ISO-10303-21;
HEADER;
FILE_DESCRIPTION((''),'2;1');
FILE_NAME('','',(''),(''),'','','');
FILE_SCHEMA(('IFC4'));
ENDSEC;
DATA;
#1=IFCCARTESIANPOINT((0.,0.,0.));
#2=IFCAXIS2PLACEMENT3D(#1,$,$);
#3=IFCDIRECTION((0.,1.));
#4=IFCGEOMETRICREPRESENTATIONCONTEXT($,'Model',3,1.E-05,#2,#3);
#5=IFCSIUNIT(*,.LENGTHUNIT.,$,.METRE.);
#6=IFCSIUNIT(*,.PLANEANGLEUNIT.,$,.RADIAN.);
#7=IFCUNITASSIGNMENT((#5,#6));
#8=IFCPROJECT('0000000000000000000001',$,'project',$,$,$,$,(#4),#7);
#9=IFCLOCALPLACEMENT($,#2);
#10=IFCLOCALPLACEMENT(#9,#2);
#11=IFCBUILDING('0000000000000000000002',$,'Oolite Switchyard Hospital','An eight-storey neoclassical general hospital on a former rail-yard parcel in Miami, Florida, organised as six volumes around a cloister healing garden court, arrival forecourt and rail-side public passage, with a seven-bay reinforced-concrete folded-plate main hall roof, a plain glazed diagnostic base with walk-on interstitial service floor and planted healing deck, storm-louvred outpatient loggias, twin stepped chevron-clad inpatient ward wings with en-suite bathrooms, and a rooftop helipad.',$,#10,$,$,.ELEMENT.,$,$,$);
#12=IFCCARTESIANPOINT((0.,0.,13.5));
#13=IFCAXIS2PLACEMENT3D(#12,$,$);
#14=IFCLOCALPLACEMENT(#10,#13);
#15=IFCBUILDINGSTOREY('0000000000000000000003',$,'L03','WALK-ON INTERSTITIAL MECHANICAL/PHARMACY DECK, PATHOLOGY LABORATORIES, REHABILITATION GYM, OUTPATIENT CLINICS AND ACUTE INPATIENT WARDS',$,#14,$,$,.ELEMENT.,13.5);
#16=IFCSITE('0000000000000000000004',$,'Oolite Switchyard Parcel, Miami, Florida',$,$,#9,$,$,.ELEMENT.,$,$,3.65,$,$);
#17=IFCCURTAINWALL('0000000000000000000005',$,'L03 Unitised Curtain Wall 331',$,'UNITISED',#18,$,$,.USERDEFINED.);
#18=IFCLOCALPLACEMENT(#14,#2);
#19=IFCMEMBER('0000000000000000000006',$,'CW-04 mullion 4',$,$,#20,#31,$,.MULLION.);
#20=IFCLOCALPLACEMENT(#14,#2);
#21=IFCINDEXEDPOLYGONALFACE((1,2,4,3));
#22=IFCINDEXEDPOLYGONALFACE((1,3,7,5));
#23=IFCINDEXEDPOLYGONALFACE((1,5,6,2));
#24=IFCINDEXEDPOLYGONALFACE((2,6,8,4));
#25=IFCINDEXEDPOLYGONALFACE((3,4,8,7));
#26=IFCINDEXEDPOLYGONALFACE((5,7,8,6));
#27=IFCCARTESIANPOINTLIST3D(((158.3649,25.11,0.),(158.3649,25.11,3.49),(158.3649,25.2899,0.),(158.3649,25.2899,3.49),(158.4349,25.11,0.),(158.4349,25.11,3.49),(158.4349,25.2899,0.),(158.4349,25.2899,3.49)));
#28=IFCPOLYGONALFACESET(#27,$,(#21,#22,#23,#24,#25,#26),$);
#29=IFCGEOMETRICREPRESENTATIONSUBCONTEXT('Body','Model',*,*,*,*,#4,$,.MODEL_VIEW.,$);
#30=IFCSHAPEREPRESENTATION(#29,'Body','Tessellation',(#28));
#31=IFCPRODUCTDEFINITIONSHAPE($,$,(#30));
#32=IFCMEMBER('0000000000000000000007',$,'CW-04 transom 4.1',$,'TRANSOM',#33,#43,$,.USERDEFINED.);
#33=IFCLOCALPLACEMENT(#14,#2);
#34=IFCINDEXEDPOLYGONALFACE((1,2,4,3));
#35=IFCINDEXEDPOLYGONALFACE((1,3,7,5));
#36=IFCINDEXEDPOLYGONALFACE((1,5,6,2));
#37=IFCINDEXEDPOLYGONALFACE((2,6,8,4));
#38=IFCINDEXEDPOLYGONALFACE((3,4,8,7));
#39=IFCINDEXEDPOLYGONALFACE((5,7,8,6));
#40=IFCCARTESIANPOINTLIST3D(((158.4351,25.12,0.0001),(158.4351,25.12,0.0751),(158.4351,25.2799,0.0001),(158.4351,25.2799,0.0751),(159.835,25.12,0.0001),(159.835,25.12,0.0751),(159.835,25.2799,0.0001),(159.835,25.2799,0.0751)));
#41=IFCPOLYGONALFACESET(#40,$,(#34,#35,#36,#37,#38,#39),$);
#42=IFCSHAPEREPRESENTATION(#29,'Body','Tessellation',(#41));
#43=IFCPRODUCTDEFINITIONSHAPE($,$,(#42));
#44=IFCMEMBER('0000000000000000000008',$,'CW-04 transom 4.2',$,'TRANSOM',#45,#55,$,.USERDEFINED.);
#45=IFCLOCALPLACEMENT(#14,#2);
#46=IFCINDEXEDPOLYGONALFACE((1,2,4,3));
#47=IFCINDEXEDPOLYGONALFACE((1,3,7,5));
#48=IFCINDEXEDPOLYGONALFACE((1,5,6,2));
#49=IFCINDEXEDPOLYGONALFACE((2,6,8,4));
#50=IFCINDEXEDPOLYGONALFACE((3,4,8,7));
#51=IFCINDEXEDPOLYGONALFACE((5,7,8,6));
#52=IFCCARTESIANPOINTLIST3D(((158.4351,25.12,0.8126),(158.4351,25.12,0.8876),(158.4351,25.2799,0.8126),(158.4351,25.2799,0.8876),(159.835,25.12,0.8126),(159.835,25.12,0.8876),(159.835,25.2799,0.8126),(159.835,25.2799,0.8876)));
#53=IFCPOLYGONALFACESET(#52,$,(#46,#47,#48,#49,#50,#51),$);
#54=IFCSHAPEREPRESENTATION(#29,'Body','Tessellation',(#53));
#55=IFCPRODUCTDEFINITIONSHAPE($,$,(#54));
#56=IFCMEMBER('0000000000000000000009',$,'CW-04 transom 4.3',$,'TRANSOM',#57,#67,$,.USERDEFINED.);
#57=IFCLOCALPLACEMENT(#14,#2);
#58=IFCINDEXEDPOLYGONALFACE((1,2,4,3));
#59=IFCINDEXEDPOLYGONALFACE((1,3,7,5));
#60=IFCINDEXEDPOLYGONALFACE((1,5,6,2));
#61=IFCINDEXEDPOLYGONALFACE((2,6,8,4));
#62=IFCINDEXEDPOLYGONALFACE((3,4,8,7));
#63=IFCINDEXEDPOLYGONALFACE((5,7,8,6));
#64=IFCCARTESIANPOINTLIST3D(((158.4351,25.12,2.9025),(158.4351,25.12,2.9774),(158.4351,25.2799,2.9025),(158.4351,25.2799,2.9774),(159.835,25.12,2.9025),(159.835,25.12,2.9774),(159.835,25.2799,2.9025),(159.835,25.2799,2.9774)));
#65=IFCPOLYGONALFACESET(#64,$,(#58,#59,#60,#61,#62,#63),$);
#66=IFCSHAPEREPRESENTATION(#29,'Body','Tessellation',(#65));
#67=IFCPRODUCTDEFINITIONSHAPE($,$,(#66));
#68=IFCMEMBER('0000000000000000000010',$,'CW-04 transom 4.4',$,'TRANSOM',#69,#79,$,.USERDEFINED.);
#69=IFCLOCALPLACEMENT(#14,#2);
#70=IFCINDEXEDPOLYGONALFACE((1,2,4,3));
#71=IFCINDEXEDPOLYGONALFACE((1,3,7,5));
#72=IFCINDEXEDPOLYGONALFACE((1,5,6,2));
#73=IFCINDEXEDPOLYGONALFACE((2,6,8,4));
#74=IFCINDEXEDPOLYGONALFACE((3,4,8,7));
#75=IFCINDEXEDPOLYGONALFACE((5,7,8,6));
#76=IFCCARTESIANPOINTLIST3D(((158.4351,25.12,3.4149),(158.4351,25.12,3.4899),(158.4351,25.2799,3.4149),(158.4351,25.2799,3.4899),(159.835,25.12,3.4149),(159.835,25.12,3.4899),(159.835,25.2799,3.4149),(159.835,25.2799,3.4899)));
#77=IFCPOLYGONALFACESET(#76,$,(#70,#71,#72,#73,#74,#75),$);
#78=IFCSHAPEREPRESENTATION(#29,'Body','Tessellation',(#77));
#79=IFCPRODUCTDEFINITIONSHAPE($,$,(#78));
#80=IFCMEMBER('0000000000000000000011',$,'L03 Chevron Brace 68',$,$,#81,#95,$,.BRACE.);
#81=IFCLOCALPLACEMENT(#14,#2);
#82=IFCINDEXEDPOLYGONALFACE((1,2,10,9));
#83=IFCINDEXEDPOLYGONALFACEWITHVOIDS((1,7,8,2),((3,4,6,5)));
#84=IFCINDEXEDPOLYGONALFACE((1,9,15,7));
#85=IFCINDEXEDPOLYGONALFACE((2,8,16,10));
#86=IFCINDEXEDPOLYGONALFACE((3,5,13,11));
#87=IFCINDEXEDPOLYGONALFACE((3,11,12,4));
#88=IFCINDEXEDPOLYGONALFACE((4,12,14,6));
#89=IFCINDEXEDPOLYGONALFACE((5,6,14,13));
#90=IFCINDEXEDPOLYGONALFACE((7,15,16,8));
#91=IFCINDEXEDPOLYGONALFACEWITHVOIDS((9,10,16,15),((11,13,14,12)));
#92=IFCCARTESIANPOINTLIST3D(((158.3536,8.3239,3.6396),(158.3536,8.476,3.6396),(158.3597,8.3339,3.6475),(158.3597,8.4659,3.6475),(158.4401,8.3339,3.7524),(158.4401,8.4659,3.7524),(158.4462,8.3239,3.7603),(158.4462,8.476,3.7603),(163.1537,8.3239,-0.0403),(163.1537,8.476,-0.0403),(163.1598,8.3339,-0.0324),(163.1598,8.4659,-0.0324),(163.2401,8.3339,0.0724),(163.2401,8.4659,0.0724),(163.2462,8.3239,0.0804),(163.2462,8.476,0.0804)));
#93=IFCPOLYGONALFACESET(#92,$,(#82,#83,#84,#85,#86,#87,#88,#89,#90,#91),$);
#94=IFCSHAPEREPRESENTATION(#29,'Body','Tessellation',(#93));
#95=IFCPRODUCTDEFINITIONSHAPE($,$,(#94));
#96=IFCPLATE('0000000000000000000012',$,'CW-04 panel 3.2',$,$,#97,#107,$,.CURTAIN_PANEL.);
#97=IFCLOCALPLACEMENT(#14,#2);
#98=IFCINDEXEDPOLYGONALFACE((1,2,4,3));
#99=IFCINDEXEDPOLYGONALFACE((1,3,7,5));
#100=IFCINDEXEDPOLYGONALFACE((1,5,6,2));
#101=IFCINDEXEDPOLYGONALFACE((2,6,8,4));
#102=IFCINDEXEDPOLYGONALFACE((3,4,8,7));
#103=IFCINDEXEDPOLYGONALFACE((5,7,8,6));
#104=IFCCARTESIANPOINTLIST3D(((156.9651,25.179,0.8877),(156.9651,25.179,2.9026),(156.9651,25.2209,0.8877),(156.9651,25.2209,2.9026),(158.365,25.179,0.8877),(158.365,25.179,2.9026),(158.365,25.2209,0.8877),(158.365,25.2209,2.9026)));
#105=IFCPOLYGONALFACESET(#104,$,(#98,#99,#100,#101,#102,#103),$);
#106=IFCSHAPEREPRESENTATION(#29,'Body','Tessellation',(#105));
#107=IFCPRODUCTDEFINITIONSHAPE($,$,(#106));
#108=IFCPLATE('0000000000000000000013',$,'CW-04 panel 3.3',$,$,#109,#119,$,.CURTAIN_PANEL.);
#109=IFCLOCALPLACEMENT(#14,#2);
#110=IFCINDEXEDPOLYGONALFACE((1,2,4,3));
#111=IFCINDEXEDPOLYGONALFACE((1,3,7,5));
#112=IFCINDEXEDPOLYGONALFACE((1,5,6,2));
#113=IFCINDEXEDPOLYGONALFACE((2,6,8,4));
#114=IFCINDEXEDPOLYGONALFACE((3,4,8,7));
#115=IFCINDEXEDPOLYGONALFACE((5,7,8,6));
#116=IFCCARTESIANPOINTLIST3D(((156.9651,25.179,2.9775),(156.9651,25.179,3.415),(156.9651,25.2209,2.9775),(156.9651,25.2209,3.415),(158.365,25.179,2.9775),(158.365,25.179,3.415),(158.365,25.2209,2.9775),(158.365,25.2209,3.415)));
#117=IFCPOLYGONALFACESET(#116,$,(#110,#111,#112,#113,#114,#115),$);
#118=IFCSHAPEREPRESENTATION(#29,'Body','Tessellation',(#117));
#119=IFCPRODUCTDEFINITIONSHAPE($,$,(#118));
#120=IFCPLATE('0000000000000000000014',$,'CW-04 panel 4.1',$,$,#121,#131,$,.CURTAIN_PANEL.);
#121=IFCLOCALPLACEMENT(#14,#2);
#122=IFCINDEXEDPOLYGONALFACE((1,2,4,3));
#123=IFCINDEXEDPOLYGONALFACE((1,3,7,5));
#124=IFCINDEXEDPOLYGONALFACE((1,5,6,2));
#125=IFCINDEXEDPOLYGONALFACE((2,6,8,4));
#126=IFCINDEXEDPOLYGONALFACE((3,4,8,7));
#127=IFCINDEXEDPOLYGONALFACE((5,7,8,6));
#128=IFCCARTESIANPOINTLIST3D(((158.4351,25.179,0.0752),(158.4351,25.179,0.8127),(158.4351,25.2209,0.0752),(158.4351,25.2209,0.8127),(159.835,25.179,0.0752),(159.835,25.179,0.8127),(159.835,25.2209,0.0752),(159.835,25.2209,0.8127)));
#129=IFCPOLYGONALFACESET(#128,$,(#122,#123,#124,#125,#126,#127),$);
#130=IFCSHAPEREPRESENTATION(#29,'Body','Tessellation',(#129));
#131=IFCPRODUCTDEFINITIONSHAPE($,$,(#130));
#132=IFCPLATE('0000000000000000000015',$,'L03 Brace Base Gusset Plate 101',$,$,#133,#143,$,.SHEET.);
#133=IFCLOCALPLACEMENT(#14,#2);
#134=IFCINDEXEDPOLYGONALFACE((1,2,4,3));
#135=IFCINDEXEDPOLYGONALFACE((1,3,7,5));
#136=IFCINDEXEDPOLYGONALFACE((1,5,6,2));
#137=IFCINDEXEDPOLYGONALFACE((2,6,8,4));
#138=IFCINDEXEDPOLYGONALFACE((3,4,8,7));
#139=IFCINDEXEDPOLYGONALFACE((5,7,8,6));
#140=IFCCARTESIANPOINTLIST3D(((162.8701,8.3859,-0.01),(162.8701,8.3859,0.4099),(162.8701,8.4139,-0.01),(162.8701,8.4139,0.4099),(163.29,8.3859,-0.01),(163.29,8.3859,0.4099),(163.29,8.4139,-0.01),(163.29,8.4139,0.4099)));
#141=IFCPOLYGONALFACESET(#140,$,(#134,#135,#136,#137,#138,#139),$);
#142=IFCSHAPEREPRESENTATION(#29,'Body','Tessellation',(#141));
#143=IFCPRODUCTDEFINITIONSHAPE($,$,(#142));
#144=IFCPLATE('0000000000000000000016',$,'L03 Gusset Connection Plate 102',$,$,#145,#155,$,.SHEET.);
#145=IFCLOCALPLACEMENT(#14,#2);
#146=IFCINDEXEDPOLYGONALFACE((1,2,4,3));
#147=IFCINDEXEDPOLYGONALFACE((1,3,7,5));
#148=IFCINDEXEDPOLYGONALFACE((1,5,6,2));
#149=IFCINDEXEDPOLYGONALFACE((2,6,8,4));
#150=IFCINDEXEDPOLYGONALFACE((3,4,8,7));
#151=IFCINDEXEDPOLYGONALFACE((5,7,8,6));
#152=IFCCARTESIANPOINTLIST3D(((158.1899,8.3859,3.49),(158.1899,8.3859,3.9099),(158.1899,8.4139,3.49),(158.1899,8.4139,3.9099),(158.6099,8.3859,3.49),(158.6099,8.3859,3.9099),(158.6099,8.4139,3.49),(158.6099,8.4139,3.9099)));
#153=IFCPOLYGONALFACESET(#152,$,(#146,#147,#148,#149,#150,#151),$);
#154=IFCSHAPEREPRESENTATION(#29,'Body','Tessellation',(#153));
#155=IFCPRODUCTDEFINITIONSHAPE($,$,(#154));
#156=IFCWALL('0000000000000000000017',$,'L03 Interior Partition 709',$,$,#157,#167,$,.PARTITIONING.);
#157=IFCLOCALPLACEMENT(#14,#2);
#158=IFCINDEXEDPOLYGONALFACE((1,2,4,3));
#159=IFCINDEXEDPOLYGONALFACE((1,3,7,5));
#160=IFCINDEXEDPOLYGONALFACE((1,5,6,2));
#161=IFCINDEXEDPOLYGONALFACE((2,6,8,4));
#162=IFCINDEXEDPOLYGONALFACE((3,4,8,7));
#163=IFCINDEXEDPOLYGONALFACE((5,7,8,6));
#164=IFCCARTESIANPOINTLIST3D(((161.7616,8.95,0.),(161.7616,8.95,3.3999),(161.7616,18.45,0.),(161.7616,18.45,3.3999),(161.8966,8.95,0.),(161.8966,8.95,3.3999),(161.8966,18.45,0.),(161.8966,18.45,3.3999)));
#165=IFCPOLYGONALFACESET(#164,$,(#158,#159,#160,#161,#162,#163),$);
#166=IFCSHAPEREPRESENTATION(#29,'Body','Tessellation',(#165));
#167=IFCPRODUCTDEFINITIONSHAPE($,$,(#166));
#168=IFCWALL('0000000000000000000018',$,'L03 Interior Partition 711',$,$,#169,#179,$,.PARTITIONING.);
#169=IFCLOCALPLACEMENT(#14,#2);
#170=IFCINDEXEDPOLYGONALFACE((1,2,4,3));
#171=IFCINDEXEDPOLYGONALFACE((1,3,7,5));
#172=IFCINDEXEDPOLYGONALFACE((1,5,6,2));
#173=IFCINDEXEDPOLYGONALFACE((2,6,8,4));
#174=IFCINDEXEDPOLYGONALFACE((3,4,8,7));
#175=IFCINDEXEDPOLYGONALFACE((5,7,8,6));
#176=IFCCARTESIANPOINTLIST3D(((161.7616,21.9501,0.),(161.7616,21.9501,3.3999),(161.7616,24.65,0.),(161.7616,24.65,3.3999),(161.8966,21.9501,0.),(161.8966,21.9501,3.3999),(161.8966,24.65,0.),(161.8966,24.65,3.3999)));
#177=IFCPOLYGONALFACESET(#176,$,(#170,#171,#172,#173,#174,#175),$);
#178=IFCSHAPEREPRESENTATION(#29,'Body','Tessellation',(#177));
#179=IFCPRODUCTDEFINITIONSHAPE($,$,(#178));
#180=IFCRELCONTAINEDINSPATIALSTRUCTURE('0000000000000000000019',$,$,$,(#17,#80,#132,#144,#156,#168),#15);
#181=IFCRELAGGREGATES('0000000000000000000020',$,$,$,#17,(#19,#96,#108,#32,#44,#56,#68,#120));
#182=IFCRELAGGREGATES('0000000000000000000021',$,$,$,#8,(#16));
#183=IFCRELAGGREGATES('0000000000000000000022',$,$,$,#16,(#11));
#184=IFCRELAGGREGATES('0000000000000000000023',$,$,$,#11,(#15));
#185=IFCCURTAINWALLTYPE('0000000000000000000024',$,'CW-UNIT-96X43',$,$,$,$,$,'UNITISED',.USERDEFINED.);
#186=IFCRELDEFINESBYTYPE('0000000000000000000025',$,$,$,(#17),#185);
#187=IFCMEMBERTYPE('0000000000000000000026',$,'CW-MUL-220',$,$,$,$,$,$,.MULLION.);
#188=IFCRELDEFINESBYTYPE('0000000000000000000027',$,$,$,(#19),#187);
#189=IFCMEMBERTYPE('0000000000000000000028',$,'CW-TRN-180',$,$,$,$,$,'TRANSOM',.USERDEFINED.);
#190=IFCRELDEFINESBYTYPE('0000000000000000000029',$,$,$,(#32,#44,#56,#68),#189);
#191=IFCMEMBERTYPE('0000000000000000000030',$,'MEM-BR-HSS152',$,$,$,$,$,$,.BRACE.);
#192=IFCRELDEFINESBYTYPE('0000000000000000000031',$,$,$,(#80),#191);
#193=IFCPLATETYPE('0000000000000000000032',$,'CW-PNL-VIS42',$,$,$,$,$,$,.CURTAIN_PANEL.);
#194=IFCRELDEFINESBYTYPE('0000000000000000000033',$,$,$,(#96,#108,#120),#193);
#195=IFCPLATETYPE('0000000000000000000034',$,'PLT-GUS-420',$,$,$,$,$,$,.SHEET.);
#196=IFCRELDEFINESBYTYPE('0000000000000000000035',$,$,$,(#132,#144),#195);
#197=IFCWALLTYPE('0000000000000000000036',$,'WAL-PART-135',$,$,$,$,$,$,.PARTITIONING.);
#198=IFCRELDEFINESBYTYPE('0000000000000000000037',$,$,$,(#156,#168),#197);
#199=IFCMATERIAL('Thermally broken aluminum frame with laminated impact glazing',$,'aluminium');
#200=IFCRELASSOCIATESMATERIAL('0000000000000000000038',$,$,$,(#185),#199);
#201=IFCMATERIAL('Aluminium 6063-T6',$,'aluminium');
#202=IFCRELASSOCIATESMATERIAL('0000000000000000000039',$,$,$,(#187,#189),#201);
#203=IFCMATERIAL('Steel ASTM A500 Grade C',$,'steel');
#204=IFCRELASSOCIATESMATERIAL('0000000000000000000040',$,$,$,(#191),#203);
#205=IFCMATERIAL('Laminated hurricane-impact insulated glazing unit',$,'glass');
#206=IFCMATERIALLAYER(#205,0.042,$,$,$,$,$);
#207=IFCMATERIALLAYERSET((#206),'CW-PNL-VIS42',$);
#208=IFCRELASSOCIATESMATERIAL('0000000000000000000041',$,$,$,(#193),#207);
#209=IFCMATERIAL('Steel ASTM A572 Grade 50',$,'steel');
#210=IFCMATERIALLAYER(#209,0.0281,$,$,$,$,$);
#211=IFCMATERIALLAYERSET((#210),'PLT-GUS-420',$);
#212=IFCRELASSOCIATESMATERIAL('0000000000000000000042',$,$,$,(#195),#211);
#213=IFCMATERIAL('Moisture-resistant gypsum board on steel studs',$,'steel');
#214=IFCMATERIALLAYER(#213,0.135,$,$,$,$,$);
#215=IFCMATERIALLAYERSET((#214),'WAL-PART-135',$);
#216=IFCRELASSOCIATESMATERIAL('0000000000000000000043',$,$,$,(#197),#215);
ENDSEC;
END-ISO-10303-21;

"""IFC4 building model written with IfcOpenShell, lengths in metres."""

from ifc_helpers import new_model, si_unit, direction, frame, frame_2d, origin, origin_2d, place, context, subcontext, project, spatial, rectangle, hollow_rectangle, extrude, material, layer, layer_set, material_profile, profile_set, type_object, element, aggregate, save


model = new_model("IFC4")

# Units and contexts
model_context = context("Model", 3, precision=1e-05, world=origin(), true_north=direction((0.0, 1.0)))
body_context = subcontext(model_context, "Body", "Model", "MODEL_VIEW")
ifc_project = project(units=[si_unit("LENGTHUNIT", "METRE"), si_unit("PLANEANGLEUNIT", "RADIAN")], contexts=[model_context])

# Site, building, storey
site_placement = place(None, origin())
site = spatial("IfcSite", under=ifc_project, at=site_placement, Name="Oolite Switchyard Parcel, Miami, Florida", CompositionType="ELEMENT", RefElevation=3.65)
building_placement = place(site_placement, origin())
building = spatial("IfcBuilding", under=site, at=building_placement, Name="Oolite Switchyard Hospital", Description="An eight-storey neoclassical general hospital on a former rail-yard parcel in Miami, Florida, organised as six volumes around a cloister healing garden court, arrival forecourt and rail-side public passage, with a seven-bay reinforced-concrete folded-plate main hall roof, a plain glazed diagnostic base with walk-on interstitial service floor and planted healing deck, storm-louvred outpatient loggias, twin stepped chevron-clad inpatient ward wings with en-suite bathrooms, and a rooftop helipad.", CompositionType="ELEMENT")
storey_placement = place(building_placement, frame((0.0, 0.0, 13.5)))
storey = spatial("IfcBuildingStorey", under=building, at=storey_placement, Name="L03", Description="WALK-ON INTERSTITIAL MECHANICAL/PHARMACY DECK, PATHOLOGY LABORATORIES, REHABILITATION GYM, OUTPATIENT CLINICS AND ACUTE INPATIENT WARDS", CompositionType="ELEMENT", Elevation=13.5)

# Curtain wall, members
ifc_material_1 = material(Name="Thermally broken aluminum frame with laminated impact glazing", Category="aluminium")
curtain_wall_type = type_object("IfcCurtainWallType", Name="CW-UNIT-96X43", ElementType="UNITISED", PredefinedType="USERDEFINED", material=ifc_material_1)
curtain_wall_placement = place(storey_placement, origin())
curtain_wall = element("IfcCurtainWall", 1, at=curtain_wall_placement, inside=storey, type_object=curtain_wall_type, Name="L03 Unitised Curtain Wall 331", ObjectType="UNITISED", PredefinedType="USERDEFINED")
ifc_material_2 = material(Name="Aluminium 6063-T6", Category="aluminium")
ifc_material_profile_1 = material_profile(ifc_material_2, rectangle(XDim=0.1799, YDim=0.0701, at=origin_2d()), Name="CWM70X180")
ifc_profile_set_1 = profile_set([ifc_material_profile_1], Name="Aluminium 6063-T6")
member_type_1 = type_object("IfcMemberType", Name="CW-MUL-220", PredefinedType="MULLION", material=ifc_profile_set_1)
member_1_placement = place(storey_placement, frame((158.3999, 25.2, 0.0), z_axis=(0.0, 0.0, 1.0), x_axis=(0.0, 1.0, 0.0)))
member_1 = element("IfcMember", 2, at=member_1_placement, type_object=member_type_1, Name="CW-04 mullion 4", PredefinedType="MULLION", context=body_context, shape_type="SweptSolid", body=[
    extrude(rectangle(XDim=0.1799, YDim=0.0701, at=origin_2d()), origin(), (0.0, 0.0, 1.0), 3.49),
])
ifc_material_profile_2 = material_profile(ifc_material_2, rectangle(XDim=0.1599, YDim=0.075, at=origin_2d()), Name="CWT75X160")
ifc_profile_set_2 = profile_set([ifc_material_profile_2], Name="Aluminium 6063-T6")
member_type_2 = type_object("IfcMemberType", Name="CW-TRN-180", ElementType="TRANSOM", PredefinedType="USERDEFINED", material=ifc_profile_set_2)
member_2_placement = place(storey_placement, frame((158.4351, 25.2, 0.0376), z_axis=(1.0, 0.0, 0.0), x_axis=(0.0, 1.0, 0.0)))
member_2 = element("IfcMember", 3, at=member_2_placement, type_object=member_type_2, Name="CW-04 transom 4.1", ObjectType="TRANSOM", PredefinedType="USERDEFINED", context=body_context, shape_type="SweptSolid", body=[
    extrude(rectangle(XDim=0.1599, YDim=0.075, at=origin_2d()), origin(), (0.0, 0.0, 1.0), 1.3999),
])
member_3_placement = place(storey_placement, frame((158.4351, 25.2, 0.8501), z_axis=(1.0, 0.0, 0.0), x_axis=(0.0, 1.0, 0.0)))
member_3 = element("IfcMember", 4, at=member_3_placement, type_object=member_type_2, Name="CW-04 transom 4.2", ObjectType="TRANSOM", PredefinedType="USERDEFINED", context=body_context, shape_type="SweptSolid", body=[
    extrude(rectangle(XDim=0.1599, YDim=0.075, at=origin_2d()), origin(), (0.0, 0.0, 1.0), 1.3999),
])
member_4_placement = place(storey_placement, frame((158.4351, 25.2, 2.9399), z_axis=(1.0, 0.0, 0.0), x_axis=(0.0, 1.0, 0.0)))
member_4 = element("IfcMember", 5, at=member_4_placement, type_object=member_type_2, Name="CW-04 transom 4.3", ObjectType="TRANSOM", PredefinedType="USERDEFINED", context=body_context, shape_type="SweptSolid", body=[
    extrude(rectangle(XDim=0.1599, YDim=0.075, at=origin_2d()), origin(), (0.0, 0.0, 1.0), 1.3999),
])
member_5_placement = place(storey_placement, frame((158.4351, 25.2, 3.4524), z_axis=(1.0, 0.0, 0.0), x_axis=(0.0, 1.0, 0.0)))
member_5 = element("IfcMember", 6, at=member_5_placement, type_object=member_type_2, Name="CW-04 transom 4.4", ObjectType="TRANSOM", PredefinedType="USERDEFINED", context=body_context, shape_type="SweptSolid", body=[
    extrude(rectangle(XDim=0.1599, YDim=0.075, at=origin_2d()), origin(), (0.0, 0.0, 1.0), 1.3999),
])

# Member
ifc_material_3 = material(Name="Steel ASTM A500 Grade C", Category="steel")
ifc_material_profile_3 = material_profile(ifc_material_3, hollow_rectangle(XDim=0.1521, YDim=0.1521, WallThickness=0.01, at=origin_2d()), Name="HSS152X152X10")
ifc_profile_set_3 = profile_set([ifc_material_profile_3], Name="Steel ASTM A500 Grade C")
member_type_3 = type_object("IfcMemberType", Name="MEM-BR-HSS152", PredefinedType="BRACE", material=ifc_profile_set_3)
member_6_placement = place(storey_placement, frame((163.2, 8.3999, 0.02), z_axis=(-0.793615, 0.0, 0.608421), x_axis=(0.0, -1.0, 0.0)))
element("IfcMember", 7, at=member_6_placement, inside=storey, type_object=member_type_3, Name="L03 Chevron Brace 68", PredefinedType="BRACE", context=body_context, shape_type="SweptSolid", body=[
    extrude(hollow_rectangle(XDim=0.1521, YDim=0.1521, WallThickness=0.01, at=origin_2d()), origin(), (0.0, 0.0, 1.0), 6.0483),
])

# Plates
ifc_material_4 = material(Name="Laminated hurricane-impact insulated glazing unit", Category="glass")
ifc_layer_1 = layer(ifc_material_4, 0.042)
ifc_layer_set_1 = layer_set([ifc_layer_1], Name="CW-PNL-VIS42")
plate_type_1 = type_object("IfcPlateType", Name="CW-PNL-VIS42", PredefinedType="CURTAIN_PANEL", material=ifc_layer_set_1)
plate_1_placement = place(storey_placement, frame((157.665, 25.2, 0.8877), z_axis=(0.0, 0.0, 1.0), x_axis=(1.0, 0.0, 0.0)))
plate_1 = element("IfcPlate", 8, at=plate_1_placement, type_object=plate_type_1, Name="CW-04 panel 3.2", PredefinedType="CURTAIN_PANEL", context=body_context, shape_type="SweptSolid", body=[
    extrude(rectangle(XDim=1.3999, YDim=0.042, at=origin_2d()), origin(), (0.0, 0.0, 1.0), 2.0149),
])
plate_2_placement = place(storey_placement, frame((157.665, 25.2, 2.9775), z_axis=(0.0, 0.0, 1.0), x_axis=(1.0, 0.0, 0.0)))
plate_2 = element("IfcPlate", 9, at=plate_2_placement, type_object=plate_type_1, Name="CW-04 panel 3.3", PredefinedType="CURTAIN_PANEL", context=body_context, shape_type="SweptSolid", body=[
    extrude(rectangle(XDim=1.3999, YDim=0.042, at=origin_2d()), origin(), (0.0, 0.0, 1.0), 0.4375),
])
plate_3_placement = place(storey_placement, frame((159.135, 25.2, 0.0752), z_axis=(0.0, 0.0, 1.0), x_axis=(1.0, 0.0, 0.0)))
plate_3 = element("IfcPlate", 10, at=plate_3_placement, type_object=plate_type_1, Name="CW-04 panel 4.1", PredefinedType="CURTAIN_PANEL", context=body_context, shape_type="SweptSolid", body=[
    extrude(rectangle(XDim=1.3999, YDim=0.042, at=origin_2d()), origin(), (0.0, 0.0, 1.0), 0.7375),
])
aggregate(curtain_wall, [member_1, plate_1, plate_2, member_2, member_3, member_4, member_5, plate_3])

# Plates
ifc_material_5 = material(Name="Steel ASTM A572 Grade 50", Category="steel")
ifc_layer_2 = layer(ifc_material_5, 0.0281)
ifc_layer_set_2 = layer_set([ifc_layer_2], Name="PLT-GUS-420")
plate_type_2 = type_object("IfcPlateType", Name="PLT-GUS-420", PredefinedType="SHEET", material=ifc_layer_set_2)
for number, where, z_axis, x_axis, name in (
    (11, (163.0801, 8.3999, -0.01), (0.0, 0.0, 1.0), (1.0, 0.0, 0.0), "L03 Brace Base Gusset Plate 101"),
    (12, (158.3999, 8.3999, 3.49), (0.0, 0.0, 1.0), (1.0, 0.0, 0.0), "L03 Gusset Connection Plate 102"),
):
    element("IfcPlate", number, at=place(storey_placement, frame(where, z_axis=z_axis, x_axis=x_axis)), inside=storey, type_object=plate_type_2, Name=name, PredefinedType="SHEET", context=body_context, shape_type="SweptSolid", body=[
        extrude(rectangle(XDim=0.4199, YDim=0.0281, at=origin_2d()), origin(), (0.0, 0.0, 1.0), 0.4199),
    ])

# Walls
ifc_material_6 = material(Name="Moisture-resistant gypsum board on steel studs", Category="steel")
ifc_layer_3 = layer(ifc_material_6, 0.135)
ifc_layer_set_3 = layer_set([ifc_layer_3], Name="WAL-PART-135")
wall_type_1 = type_object("IfcWallType", Name="WAL-PART-135", PredefinedType="PARTITIONING", material=ifc_layer_set_3)
wall_1_placement = place(storey_placement, frame((161.8291, 8.95, 0.0), z_axis=(0.0, 0.0, 1.0), x_axis=(0.0, 1.0, 0.0)))
element("IfcWall", 13, at=wall_1_placement, inside=storey, type_object=wall_type_1, Name="L03 Interior Partition 709", PredefinedType="PARTITIONING", context=body_context, shape_type="SweptSolid", body=[
    extrude(rectangle(XDim=9.5, YDim=0.135, at=frame_2d((4.75, 0.0))), origin(), (0.0, 0.0, 1.0), 3.3999),
])
wall_2_placement = place(storey_placement, frame((161.8291, 21.95, 0.0), z_axis=(0.0, 0.0, 1.0), x_axis=(0.0, 1.0, 0.0)))
element("IfcWall", 14, at=wall_2_placement, inside=storey, type_object=wall_type_1, Name="L03 Interior Partition 711", PredefinedType="PARTITIONING", context=body_context, shape_type="SweptSolid", body=[
    extrude(rectangle(XDim=2.7, YDim=0.135, at=frame_2d((1.3501, 0.0))), origin(), (0.0, 0.0, 1.0), 3.3999),
])

save(model, "model.ifc")
